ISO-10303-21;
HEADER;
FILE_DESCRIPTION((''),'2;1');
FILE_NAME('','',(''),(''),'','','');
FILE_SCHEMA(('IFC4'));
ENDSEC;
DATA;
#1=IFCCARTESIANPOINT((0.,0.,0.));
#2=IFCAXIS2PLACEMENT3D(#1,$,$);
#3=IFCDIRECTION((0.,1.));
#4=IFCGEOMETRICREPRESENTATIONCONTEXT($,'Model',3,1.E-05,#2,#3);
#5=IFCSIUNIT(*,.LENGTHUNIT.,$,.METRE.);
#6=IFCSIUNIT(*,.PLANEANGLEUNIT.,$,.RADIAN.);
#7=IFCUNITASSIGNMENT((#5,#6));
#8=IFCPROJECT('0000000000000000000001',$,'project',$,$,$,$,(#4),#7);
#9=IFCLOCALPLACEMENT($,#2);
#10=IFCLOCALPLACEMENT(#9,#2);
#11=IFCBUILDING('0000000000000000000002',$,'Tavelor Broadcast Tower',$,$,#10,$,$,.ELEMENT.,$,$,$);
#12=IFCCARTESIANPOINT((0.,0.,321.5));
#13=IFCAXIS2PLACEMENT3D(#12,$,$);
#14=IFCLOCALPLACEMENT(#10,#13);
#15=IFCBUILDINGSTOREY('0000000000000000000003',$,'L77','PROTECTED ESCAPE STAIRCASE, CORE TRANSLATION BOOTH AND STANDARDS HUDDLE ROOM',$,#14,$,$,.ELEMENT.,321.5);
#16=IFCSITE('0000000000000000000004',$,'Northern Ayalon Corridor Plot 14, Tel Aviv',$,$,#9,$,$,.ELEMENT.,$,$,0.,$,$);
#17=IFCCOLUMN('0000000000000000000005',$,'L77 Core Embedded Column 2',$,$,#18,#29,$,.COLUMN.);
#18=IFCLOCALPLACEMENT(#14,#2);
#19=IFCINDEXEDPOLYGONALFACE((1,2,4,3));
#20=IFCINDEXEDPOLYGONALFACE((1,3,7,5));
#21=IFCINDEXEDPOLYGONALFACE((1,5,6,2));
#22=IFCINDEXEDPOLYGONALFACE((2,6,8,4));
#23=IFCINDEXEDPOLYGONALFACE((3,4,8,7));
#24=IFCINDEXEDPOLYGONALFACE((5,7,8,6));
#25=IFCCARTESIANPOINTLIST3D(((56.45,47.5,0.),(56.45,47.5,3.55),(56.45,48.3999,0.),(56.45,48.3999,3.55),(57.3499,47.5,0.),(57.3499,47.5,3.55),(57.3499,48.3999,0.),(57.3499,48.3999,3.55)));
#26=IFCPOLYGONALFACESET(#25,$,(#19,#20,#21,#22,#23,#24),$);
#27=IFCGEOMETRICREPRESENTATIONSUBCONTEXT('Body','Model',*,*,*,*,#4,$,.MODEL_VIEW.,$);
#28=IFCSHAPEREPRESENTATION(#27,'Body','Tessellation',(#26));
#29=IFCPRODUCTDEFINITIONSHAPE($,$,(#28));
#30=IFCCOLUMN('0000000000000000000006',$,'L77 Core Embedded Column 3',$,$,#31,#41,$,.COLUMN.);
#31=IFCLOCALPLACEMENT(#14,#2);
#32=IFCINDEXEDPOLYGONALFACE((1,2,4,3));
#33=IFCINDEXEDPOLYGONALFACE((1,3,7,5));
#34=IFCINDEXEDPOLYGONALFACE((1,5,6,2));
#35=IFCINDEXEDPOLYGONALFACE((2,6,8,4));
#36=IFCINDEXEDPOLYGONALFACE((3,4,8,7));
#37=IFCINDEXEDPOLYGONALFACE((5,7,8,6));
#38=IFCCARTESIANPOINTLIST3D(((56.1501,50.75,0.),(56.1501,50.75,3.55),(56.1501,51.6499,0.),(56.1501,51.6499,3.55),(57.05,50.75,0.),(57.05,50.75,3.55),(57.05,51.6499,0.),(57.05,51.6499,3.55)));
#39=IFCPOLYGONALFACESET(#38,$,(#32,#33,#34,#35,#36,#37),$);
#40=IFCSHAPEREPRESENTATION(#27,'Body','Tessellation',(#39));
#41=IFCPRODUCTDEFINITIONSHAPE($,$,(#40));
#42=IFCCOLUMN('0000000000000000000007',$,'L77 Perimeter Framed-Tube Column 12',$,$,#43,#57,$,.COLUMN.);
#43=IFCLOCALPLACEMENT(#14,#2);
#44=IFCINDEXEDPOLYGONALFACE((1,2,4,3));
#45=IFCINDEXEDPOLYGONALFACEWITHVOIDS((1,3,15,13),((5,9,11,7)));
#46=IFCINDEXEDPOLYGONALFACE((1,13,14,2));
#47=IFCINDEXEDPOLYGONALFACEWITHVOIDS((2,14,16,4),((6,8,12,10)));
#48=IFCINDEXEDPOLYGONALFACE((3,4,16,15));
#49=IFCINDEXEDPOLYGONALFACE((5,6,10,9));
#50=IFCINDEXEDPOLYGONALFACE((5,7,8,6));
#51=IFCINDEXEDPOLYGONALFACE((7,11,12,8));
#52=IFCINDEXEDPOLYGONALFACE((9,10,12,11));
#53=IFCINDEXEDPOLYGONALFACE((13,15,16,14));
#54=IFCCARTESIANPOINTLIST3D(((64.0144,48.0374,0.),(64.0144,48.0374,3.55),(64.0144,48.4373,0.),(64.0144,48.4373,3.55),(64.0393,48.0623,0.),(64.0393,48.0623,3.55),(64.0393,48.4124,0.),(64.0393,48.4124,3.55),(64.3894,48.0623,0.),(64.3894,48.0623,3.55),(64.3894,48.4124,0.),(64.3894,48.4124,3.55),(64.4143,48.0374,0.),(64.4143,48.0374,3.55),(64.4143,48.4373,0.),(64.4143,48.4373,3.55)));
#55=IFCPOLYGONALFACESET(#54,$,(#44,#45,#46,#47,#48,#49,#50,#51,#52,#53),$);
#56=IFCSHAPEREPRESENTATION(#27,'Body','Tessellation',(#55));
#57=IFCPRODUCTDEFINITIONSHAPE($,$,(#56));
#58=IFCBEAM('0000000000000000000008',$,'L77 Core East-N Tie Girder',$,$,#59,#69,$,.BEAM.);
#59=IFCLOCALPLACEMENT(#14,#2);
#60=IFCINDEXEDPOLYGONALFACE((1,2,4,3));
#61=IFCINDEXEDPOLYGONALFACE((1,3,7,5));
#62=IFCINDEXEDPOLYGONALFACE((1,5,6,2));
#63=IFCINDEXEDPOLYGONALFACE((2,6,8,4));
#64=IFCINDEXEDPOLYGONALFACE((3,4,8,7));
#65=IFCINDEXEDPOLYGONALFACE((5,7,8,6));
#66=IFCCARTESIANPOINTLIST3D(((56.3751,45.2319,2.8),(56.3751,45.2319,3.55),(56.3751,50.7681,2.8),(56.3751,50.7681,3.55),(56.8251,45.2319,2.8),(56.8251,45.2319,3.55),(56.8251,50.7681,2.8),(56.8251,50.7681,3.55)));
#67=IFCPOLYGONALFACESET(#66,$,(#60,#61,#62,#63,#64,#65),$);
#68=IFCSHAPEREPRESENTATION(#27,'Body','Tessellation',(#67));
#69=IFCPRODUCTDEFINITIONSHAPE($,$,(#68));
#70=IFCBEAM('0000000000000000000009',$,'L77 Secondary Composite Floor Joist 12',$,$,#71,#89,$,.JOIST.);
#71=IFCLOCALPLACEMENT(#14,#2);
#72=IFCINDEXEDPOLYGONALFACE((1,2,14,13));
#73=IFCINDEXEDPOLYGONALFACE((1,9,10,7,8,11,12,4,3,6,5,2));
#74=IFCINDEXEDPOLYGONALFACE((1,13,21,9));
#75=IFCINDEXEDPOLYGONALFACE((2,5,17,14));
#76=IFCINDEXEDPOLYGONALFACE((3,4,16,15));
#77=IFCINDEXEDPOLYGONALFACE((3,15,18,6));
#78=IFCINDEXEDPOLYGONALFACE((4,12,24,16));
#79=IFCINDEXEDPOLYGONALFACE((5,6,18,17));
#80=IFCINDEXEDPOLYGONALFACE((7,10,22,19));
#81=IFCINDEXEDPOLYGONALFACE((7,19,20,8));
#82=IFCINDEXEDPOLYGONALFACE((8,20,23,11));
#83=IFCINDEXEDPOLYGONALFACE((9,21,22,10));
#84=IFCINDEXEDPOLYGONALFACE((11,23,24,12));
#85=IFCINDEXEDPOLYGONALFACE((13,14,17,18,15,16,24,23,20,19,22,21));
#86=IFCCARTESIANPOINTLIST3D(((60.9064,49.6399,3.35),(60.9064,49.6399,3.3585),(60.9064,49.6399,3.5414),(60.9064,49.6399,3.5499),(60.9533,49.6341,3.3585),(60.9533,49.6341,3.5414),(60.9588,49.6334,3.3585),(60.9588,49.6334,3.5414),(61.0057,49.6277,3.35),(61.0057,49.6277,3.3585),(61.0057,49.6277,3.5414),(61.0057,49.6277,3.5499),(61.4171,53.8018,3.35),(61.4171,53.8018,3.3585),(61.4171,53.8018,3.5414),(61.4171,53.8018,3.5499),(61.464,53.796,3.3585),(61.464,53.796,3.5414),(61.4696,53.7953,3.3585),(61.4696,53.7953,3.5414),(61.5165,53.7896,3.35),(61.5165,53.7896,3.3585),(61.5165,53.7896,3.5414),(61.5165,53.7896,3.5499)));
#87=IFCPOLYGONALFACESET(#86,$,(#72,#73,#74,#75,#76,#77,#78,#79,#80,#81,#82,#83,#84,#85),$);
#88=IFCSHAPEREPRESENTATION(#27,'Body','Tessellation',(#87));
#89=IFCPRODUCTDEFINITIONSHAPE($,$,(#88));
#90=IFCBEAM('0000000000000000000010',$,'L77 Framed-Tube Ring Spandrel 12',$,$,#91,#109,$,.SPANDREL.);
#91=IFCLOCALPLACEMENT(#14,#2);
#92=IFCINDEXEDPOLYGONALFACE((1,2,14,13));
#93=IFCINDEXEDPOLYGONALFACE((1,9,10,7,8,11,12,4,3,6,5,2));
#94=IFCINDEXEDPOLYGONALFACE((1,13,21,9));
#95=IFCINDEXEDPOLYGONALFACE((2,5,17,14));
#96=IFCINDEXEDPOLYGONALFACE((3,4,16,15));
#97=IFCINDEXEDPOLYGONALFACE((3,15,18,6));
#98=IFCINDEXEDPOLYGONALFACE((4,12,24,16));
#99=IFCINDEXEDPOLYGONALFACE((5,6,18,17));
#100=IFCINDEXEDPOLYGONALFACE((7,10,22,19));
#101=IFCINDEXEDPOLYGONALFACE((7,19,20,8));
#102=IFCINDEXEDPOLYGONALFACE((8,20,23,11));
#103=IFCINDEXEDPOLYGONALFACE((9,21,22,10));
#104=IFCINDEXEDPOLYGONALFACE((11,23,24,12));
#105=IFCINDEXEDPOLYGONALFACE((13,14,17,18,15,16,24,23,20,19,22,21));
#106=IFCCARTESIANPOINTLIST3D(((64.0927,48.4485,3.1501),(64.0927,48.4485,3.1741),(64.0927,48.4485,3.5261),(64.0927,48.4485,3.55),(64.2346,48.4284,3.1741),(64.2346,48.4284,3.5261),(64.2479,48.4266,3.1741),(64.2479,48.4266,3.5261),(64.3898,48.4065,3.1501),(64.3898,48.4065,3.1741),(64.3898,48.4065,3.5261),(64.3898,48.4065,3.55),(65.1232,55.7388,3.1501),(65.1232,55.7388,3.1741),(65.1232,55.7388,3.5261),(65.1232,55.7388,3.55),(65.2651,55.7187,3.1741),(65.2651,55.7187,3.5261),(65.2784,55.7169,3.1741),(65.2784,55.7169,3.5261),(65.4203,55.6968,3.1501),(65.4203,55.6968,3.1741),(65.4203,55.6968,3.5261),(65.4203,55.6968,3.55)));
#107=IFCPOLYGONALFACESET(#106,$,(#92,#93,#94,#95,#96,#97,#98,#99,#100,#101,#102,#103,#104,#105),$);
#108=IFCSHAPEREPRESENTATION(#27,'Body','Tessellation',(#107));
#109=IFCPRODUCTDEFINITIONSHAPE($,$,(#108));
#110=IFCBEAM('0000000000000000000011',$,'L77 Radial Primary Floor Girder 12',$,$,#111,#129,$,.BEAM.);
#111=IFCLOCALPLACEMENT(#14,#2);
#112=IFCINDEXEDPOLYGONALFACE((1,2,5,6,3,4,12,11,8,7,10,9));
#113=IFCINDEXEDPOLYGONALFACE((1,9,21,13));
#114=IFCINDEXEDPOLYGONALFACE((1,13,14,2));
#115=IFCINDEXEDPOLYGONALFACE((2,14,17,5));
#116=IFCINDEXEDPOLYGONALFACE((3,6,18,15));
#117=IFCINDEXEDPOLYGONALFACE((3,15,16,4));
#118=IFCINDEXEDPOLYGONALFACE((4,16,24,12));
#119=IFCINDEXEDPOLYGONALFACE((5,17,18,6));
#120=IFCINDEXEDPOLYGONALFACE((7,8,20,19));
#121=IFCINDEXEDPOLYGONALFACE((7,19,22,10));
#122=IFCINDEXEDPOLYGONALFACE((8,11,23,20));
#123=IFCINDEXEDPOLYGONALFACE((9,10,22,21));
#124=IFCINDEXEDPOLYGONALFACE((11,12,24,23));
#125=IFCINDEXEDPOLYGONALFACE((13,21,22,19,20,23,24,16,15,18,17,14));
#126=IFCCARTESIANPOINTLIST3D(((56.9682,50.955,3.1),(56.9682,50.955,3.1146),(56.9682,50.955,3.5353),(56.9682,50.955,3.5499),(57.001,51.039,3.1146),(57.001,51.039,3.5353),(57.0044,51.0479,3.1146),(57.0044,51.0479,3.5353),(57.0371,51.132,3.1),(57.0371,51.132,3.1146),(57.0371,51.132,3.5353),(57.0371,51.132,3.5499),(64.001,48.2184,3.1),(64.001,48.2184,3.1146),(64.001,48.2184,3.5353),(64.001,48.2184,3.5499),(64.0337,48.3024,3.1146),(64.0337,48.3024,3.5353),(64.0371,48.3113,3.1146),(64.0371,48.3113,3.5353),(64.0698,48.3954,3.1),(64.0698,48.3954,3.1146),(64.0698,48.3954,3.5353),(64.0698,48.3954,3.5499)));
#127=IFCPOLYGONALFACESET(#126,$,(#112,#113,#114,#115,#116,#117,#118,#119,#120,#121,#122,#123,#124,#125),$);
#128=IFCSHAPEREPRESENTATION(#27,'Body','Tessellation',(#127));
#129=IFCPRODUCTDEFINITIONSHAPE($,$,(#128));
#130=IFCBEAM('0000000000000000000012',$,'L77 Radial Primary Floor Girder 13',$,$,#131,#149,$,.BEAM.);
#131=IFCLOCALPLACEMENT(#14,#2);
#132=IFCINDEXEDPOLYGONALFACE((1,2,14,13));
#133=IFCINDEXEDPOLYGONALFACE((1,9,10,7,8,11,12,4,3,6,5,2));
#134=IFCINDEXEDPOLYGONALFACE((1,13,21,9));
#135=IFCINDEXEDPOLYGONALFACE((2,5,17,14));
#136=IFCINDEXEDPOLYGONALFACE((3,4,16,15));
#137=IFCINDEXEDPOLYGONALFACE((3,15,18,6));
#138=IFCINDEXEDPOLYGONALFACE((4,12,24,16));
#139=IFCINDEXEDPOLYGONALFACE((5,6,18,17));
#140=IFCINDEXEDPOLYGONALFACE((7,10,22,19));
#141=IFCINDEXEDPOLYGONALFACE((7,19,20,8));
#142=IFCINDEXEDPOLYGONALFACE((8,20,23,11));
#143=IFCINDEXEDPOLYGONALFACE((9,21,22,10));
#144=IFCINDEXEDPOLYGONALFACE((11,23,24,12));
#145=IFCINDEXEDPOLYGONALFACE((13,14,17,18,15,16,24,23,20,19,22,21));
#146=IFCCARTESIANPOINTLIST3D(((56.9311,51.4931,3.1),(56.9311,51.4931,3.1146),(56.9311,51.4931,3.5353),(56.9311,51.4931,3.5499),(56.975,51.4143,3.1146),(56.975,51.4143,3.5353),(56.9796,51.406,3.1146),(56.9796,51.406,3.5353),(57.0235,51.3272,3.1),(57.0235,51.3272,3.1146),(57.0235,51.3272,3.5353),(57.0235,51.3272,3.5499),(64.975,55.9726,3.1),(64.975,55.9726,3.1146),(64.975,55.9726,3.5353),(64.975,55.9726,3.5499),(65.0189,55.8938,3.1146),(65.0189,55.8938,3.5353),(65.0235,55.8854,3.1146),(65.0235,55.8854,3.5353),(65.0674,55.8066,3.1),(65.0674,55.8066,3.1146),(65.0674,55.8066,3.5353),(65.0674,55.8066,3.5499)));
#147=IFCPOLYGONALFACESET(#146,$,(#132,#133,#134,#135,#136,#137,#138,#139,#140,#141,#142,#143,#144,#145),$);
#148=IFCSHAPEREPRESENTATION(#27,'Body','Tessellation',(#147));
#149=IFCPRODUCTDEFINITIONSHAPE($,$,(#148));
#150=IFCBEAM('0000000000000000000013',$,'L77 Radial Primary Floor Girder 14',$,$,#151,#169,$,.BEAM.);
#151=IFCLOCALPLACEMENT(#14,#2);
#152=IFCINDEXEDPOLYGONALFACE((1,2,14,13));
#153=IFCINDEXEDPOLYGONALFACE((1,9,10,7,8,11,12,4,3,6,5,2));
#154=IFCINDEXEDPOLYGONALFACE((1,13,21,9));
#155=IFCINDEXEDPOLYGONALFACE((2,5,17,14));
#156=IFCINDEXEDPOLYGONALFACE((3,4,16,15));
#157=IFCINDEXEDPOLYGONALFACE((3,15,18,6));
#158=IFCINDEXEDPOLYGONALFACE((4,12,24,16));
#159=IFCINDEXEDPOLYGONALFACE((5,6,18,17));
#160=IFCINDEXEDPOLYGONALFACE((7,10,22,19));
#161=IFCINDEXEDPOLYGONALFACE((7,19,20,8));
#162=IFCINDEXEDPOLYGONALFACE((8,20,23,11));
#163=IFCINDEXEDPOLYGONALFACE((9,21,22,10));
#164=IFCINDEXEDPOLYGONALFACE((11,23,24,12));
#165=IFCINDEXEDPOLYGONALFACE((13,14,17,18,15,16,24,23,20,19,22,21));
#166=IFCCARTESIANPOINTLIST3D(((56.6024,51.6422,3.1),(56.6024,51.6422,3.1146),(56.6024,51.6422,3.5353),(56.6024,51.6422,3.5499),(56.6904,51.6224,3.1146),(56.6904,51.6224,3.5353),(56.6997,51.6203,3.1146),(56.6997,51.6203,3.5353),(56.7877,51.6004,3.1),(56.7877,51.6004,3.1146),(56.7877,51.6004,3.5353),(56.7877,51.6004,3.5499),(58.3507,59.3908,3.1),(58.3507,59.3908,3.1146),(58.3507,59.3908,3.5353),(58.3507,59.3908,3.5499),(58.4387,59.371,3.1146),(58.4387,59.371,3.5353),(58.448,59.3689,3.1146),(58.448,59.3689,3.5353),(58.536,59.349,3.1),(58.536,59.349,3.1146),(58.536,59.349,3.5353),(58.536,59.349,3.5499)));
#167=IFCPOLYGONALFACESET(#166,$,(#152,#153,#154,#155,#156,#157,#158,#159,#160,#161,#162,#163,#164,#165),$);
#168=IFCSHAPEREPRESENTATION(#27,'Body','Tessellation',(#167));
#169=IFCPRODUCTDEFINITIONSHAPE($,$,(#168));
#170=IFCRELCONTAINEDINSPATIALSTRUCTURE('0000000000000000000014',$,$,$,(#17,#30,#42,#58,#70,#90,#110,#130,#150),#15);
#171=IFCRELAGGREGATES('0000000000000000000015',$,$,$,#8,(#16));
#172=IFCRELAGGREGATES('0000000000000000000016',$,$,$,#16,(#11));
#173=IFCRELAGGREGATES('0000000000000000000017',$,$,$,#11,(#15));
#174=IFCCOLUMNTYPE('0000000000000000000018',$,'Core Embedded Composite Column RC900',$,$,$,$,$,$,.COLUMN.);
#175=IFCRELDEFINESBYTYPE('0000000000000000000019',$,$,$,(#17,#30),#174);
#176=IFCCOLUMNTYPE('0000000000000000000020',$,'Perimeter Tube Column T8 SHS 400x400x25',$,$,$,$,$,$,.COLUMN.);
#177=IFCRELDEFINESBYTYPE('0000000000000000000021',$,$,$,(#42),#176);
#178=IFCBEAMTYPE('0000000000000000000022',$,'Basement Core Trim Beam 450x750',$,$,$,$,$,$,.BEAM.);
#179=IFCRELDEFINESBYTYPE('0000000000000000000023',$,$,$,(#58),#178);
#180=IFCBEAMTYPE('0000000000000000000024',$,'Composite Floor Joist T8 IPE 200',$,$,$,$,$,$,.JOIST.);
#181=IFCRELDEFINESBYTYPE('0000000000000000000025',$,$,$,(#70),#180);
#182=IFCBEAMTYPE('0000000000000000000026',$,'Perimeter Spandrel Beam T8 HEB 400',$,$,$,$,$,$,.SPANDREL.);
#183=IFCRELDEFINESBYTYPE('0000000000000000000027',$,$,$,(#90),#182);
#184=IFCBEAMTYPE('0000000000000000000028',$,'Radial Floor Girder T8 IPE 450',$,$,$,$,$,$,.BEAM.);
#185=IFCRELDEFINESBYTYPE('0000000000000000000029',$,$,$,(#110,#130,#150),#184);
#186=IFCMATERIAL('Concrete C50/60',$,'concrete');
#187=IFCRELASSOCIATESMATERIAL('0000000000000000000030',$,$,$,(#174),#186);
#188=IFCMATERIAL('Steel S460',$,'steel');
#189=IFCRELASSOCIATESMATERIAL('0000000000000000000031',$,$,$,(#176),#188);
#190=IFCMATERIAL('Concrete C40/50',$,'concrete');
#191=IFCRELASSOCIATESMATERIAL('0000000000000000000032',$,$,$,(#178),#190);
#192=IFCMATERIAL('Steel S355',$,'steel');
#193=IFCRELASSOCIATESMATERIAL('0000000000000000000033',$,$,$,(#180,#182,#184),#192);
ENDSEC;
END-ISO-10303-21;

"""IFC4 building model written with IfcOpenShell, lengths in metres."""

from ifc_helpers import new_model, si_unit, direction, frame, origin, origin_2d, place, context, subcontext, project, spatial, rectangle, hollow_rectangle, i_section, extrude, material, material_profile, profile_set, type_object, element, save


model = new_model("IFC4")

# Units and contexts
model_context = context("Model", 3, precision=1e-05, world=origin(), true_north=direction((0.0, 1.0)))
body_context = subcontext(model_context, "Body", "Model", "MODEL_VIEW")
ifc_project = project(units=[si_unit("LENGTHUNIT", "METRE"), si_unit("PLANEANGLEUNIT", "RADIAN")], contexts=[model_context])

# Site, building, storey
site_placement = place(None, origin())
site = spatial("IfcSite", under=ifc_project, at=site_placement, Name="Northern Ayalon Corridor Plot 14, Tel Aviv", CompositionType="ELEMENT", RefElevation=0.0)
building_placement = place(site_placement, origin())
building = spatial("IfcBuilding", under=site, at=building_placement, Name="Tavelor Broadcast Tower", CompositionType="ELEMENT")
storey_placement = place(building_placement, frame((0.0, 0.0, 321.5)))
storey = spatial("IfcBuildingStorey", under=building, at=storey_placement, Name="L77", Description="PROTECTED ESCAPE STAIRCASE, CORE TRANSLATION BOOTH AND STANDARDS HUDDLE ROOM", CompositionType="ELEMENT", Elevation=321.5)

# Columns
ifc_material_1 = material(Name="Concrete C50/60", Category="concrete")
ifc_material_profile_1 = material_profile(ifc_material_1, rectangle(XDim=0.8999, YDim=0.8999, at=origin_2d()), Name="RC 900x900")
ifc_profile_set_1 = profile_set([ifc_material_profile_1], Name="Concrete C50/60")
column_type_1 = type_object("IfcColumnType", Name="Core Embedded Composite Column RC900", PredefinedType="COLUMN", material=ifc_profile_set_1)
for number, where, z_axis, x_axis, name in (
    (1, (56.8999, 47.95, 0.0), (0.0, 0.0, 1.0), (1.0, 0.0, 0.0), "L77 Core Embedded Column 2"),
    (2, (56.6001, 51.2, 0.0), (0.0, 0.0, 1.0), (1.0, 0.0, 0.0), "L77 Core Embedded Column 3"),
):
    element("IfcColumn", number, at=place(storey_placement, frame(where, z_axis=z_axis, x_axis=x_axis)), inside=storey, type_object=column_type_1, Name=name, PredefinedType="COLUMN", context=body_context, shape_type="SweptSolid", body=[
        extrude(rectangle(XDim=0.8999, YDim=0.8999, at=origin_2d()), origin(), (0.0, 0.0, 1.0), 3.55),
    ])
ifc_material_2 = material(Name="Steel S460", Category="steel")
ifc_material_profile_2 = material_profile(ifc_material_2, hollow_rectangle(XDim=0.3999, YDim=0.3999, WallThickness=0.0249, at=origin_2d()), Name="SHS 400x400x25")
ifc_profile_set_2 = profile_set([ifc_material_profile_2], Name="Steel S460")
column_type_2 = type_object("IfcColumnType", Name="Perimeter Tube Column T8 SHS 400x400x25", PredefinedType="COLUMN", material=ifc_profile_set_2)
column_placement = place(storey_placement, frame((64.2144, 48.2373, 0.0), z_axis=(0.0, 0.0, 1.0), x_axis=(1.0, 0.0, 0.0)))
element("IfcColumn", 3, at=column_placement, inside=storey, type_object=column_type_2, Name="L77 Perimeter Framed-Tube Column 12", PredefinedType="COLUMN", context=body_context, shape_type="SweptSolid", body=[
    extrude(hollow_rectangle(XDim=0.3999, YDim=0.3999, WallThickness=0.0249, at=origin_2d()), origin(), (0.0, 0.0, 1.0), 3.55),
])

# Beams
ifc_material_3 = material(Name="Concrete C40/50", Category="concrete")
ifc_material_profile_3 = material_profile(ifc_material_3, rectangle(XDim=0.45, YDim=0.75, at=origin_2d()), Name="RC 450x750")
ifc_profile_set_3 = profile_set([ifc_material_profile_3], Name="Concrete C40/50")
beam_type_1 = type_object("IfcBeamType", Name="Basement Core Trim Beam 450x750", PredefinedType="BEAM", material=ifc_profile_set_3)
beam_1_placement = place(storey_placement, frame((56.6001, 45.2319, 3.175), z_axis=(0.0, 1.0, 0.0), x_axis=(-1.0, 0.0, 0.0)))
element("IfcBeam", 4, at=beam_1_placement, inside=storey, type_object=beam_type_1, Name="L77 Core East-N Tie Girder", PredefinedType="BEAM", context=body_context, shape_type="SweptSolid", body=[
    extrude(rectangle(XDim=0.45, YDim=0.75, at=origin_2d()), origin(), (0.0, 0.0, 1.0), 5.5361),
])
ifc_material_4 = material(Name="Steel S355", Category="steel")
ifc_material_profile_4 = material_profile(ifc_material_4, i_section(OverallWidth=0.1001, OverallDepth=0.2, WebThickness=0.0056, FlangeThickness=0.0085, at=origin_2d()), Name="IPE 200")
ifc_profile_set_4 = profile_set([ifc_material_profile_4], Name="Steel S355")
beam_type_2 = type_object("IfcBeamType", Name="Composite Floor Joist T8 IPE 200", PredefinedType="JOIST", material=ifc_profile_set_4)
beam_2_placement = place(storey_placement, frame((60.9561, 49.6338, 3.45), z_axis=(0.121806, 0.992554, 0.0), x_axis=(-0.992554, 0.121806, 0.0)))
element("IfcBeam", 5, at=beam_2_placement, inside=storey, type_object=beam_type_2, Name="L77 Secondary Composite Floor Joist 12", PredefinedType="JOIST", context=body_context, shape_type="SweptSolid", body=[
    extrude(i_section(OverallWidth=0.1001, OverallDepth=0.2, WebThickness=0.0056, FlangeThickness=0.0085, at=origin_2d()), origin(), (0.0, 0.0, 1.0), 4.1931),
])
ifc_material_profile_5 = material_profile(ifc_material_4, i_section(OverallWidth=0.3, OverallDepth=0.3999, WebThickness=0.0134, FlangeThickness=0.0239, at=origin_2d()), Name="HEB 400")
ifc_profile_set_5 = profile_set([ifc_material_profile_5], Name="Steel S355")
beam_type_3 = type_object("IfcBeamType", Name="Perimeter Spandrel Beam T8 HEB 400", PredefinedType="SPANDREL", material=ifc_profile_set_5)
beam_3_placement = place(storey_placement, frame((64.2412, 48.4275, 3.3501), z_axis=(0.139964, 0.990157, 0.0), x_axis=(-0.990157, 0.139964, 0.0)))
element("IfcBeam", 6, at=beam_3_placement, inside=storey, type_object=beam_type_3, Name="L77 Framed-Tube Ring Spandrel 12", PredefinedType="SPANDREL", context=body_context, shape_type="SweptSolid", body=[
    extrude(i_section(OverallWidth=0.3, OverallDepth=0.3999, WebThickness=0.0134, FlangeThickness=0.0239, at=origin_2d()), origin(), (0.0, 0.0, 1.0), 7.3628),
])
ifc_material_profile_6 = material_profile(ifc_material_4, i_section(OverallWidth=0.1899, OverallDepth=0.45, WebThickness=0.0095, FlangeThickness=0.0146, at=origin_2d()), Name="IPE 450")
ifc_profile_set_6 = profile_set([ifc_material_profile_6], Name="Steel S355")
beam_type_4 = type_object("IfcBeamType", Name="Radial Floor Girder T8 IPE 450", PredefinedType="BEAM", material=ifc_profile_set_6)
beam_4_placement = place(storey_placement, frame((57.0027, 51.0435, 3.325), z_axis=(0.931932, -0.362634, 0.0), x_axis=(0.362634, 0.931932, 0.0)))
element("IfcBeam", 7, at=beam_4_placement, inside=storey, type_object=beam_type_4, Name="L77 Radial Primary Floor Girder 12", PredefinedType="BEAM", context=body_context, shape_type="SweptSolid", body=[
    extrude(i_section(OverallWidth=0.1899, OverallDepth=0.45, WebThickness=0.0095, FlangeThickness=0.0146, at=origin_2d()), origin(), (0.0, 0.0, 1.0), 7.5464),
])
beam_5_placement = place(storey_placement, frame((56.9773, 51.4102, 3.325), z_axis=(0.873667, 0.486525, 0.0), x_axis=(-0.486525, 0.873667, 0.0)))
element("IfcBeam", 8, at=beam_5_placement, inside=storey, type_object=beam_type_4, Name="L77 Radial Primary Floor Girder 13", PredefinedType="BEAM", context=body_context, shape_type="SweptSolid", body=[
    extrude(i_section(OverallWidth=0.1899, OverallDepth=0.45, WebThickness=0.0095, FlangeThickness=0.0146, at=origin_2d()), origin(), (0.0, 0.0, 1.0), 9.207),
])
beam_6_placement = place(storey_placement, frame((56.6951, 51.6213, 3.325), z_axis=(0.220096, 0.975478, 0.0), x_axis=(-0.975478, 0.220096, 0.0)))
element("IfcBeam", 9, at=beam_6_placement, inside=storey, type_object=beam_type_4, Name="L77 Radial Primary Floor Girder 14", PredefinedType="BEAM", context=body_context, shape_type="SweptSolid", body=[
    extrude(i_section(OverallWidth=0.1899, OverallDepth=0.45, WebThickness=0.0095, FlangeThickness=0.0146, at=origin_2d()), origin(), (0.0, 0.0, 1.0), 7.9434),
])

save(model, "model.ifc")
